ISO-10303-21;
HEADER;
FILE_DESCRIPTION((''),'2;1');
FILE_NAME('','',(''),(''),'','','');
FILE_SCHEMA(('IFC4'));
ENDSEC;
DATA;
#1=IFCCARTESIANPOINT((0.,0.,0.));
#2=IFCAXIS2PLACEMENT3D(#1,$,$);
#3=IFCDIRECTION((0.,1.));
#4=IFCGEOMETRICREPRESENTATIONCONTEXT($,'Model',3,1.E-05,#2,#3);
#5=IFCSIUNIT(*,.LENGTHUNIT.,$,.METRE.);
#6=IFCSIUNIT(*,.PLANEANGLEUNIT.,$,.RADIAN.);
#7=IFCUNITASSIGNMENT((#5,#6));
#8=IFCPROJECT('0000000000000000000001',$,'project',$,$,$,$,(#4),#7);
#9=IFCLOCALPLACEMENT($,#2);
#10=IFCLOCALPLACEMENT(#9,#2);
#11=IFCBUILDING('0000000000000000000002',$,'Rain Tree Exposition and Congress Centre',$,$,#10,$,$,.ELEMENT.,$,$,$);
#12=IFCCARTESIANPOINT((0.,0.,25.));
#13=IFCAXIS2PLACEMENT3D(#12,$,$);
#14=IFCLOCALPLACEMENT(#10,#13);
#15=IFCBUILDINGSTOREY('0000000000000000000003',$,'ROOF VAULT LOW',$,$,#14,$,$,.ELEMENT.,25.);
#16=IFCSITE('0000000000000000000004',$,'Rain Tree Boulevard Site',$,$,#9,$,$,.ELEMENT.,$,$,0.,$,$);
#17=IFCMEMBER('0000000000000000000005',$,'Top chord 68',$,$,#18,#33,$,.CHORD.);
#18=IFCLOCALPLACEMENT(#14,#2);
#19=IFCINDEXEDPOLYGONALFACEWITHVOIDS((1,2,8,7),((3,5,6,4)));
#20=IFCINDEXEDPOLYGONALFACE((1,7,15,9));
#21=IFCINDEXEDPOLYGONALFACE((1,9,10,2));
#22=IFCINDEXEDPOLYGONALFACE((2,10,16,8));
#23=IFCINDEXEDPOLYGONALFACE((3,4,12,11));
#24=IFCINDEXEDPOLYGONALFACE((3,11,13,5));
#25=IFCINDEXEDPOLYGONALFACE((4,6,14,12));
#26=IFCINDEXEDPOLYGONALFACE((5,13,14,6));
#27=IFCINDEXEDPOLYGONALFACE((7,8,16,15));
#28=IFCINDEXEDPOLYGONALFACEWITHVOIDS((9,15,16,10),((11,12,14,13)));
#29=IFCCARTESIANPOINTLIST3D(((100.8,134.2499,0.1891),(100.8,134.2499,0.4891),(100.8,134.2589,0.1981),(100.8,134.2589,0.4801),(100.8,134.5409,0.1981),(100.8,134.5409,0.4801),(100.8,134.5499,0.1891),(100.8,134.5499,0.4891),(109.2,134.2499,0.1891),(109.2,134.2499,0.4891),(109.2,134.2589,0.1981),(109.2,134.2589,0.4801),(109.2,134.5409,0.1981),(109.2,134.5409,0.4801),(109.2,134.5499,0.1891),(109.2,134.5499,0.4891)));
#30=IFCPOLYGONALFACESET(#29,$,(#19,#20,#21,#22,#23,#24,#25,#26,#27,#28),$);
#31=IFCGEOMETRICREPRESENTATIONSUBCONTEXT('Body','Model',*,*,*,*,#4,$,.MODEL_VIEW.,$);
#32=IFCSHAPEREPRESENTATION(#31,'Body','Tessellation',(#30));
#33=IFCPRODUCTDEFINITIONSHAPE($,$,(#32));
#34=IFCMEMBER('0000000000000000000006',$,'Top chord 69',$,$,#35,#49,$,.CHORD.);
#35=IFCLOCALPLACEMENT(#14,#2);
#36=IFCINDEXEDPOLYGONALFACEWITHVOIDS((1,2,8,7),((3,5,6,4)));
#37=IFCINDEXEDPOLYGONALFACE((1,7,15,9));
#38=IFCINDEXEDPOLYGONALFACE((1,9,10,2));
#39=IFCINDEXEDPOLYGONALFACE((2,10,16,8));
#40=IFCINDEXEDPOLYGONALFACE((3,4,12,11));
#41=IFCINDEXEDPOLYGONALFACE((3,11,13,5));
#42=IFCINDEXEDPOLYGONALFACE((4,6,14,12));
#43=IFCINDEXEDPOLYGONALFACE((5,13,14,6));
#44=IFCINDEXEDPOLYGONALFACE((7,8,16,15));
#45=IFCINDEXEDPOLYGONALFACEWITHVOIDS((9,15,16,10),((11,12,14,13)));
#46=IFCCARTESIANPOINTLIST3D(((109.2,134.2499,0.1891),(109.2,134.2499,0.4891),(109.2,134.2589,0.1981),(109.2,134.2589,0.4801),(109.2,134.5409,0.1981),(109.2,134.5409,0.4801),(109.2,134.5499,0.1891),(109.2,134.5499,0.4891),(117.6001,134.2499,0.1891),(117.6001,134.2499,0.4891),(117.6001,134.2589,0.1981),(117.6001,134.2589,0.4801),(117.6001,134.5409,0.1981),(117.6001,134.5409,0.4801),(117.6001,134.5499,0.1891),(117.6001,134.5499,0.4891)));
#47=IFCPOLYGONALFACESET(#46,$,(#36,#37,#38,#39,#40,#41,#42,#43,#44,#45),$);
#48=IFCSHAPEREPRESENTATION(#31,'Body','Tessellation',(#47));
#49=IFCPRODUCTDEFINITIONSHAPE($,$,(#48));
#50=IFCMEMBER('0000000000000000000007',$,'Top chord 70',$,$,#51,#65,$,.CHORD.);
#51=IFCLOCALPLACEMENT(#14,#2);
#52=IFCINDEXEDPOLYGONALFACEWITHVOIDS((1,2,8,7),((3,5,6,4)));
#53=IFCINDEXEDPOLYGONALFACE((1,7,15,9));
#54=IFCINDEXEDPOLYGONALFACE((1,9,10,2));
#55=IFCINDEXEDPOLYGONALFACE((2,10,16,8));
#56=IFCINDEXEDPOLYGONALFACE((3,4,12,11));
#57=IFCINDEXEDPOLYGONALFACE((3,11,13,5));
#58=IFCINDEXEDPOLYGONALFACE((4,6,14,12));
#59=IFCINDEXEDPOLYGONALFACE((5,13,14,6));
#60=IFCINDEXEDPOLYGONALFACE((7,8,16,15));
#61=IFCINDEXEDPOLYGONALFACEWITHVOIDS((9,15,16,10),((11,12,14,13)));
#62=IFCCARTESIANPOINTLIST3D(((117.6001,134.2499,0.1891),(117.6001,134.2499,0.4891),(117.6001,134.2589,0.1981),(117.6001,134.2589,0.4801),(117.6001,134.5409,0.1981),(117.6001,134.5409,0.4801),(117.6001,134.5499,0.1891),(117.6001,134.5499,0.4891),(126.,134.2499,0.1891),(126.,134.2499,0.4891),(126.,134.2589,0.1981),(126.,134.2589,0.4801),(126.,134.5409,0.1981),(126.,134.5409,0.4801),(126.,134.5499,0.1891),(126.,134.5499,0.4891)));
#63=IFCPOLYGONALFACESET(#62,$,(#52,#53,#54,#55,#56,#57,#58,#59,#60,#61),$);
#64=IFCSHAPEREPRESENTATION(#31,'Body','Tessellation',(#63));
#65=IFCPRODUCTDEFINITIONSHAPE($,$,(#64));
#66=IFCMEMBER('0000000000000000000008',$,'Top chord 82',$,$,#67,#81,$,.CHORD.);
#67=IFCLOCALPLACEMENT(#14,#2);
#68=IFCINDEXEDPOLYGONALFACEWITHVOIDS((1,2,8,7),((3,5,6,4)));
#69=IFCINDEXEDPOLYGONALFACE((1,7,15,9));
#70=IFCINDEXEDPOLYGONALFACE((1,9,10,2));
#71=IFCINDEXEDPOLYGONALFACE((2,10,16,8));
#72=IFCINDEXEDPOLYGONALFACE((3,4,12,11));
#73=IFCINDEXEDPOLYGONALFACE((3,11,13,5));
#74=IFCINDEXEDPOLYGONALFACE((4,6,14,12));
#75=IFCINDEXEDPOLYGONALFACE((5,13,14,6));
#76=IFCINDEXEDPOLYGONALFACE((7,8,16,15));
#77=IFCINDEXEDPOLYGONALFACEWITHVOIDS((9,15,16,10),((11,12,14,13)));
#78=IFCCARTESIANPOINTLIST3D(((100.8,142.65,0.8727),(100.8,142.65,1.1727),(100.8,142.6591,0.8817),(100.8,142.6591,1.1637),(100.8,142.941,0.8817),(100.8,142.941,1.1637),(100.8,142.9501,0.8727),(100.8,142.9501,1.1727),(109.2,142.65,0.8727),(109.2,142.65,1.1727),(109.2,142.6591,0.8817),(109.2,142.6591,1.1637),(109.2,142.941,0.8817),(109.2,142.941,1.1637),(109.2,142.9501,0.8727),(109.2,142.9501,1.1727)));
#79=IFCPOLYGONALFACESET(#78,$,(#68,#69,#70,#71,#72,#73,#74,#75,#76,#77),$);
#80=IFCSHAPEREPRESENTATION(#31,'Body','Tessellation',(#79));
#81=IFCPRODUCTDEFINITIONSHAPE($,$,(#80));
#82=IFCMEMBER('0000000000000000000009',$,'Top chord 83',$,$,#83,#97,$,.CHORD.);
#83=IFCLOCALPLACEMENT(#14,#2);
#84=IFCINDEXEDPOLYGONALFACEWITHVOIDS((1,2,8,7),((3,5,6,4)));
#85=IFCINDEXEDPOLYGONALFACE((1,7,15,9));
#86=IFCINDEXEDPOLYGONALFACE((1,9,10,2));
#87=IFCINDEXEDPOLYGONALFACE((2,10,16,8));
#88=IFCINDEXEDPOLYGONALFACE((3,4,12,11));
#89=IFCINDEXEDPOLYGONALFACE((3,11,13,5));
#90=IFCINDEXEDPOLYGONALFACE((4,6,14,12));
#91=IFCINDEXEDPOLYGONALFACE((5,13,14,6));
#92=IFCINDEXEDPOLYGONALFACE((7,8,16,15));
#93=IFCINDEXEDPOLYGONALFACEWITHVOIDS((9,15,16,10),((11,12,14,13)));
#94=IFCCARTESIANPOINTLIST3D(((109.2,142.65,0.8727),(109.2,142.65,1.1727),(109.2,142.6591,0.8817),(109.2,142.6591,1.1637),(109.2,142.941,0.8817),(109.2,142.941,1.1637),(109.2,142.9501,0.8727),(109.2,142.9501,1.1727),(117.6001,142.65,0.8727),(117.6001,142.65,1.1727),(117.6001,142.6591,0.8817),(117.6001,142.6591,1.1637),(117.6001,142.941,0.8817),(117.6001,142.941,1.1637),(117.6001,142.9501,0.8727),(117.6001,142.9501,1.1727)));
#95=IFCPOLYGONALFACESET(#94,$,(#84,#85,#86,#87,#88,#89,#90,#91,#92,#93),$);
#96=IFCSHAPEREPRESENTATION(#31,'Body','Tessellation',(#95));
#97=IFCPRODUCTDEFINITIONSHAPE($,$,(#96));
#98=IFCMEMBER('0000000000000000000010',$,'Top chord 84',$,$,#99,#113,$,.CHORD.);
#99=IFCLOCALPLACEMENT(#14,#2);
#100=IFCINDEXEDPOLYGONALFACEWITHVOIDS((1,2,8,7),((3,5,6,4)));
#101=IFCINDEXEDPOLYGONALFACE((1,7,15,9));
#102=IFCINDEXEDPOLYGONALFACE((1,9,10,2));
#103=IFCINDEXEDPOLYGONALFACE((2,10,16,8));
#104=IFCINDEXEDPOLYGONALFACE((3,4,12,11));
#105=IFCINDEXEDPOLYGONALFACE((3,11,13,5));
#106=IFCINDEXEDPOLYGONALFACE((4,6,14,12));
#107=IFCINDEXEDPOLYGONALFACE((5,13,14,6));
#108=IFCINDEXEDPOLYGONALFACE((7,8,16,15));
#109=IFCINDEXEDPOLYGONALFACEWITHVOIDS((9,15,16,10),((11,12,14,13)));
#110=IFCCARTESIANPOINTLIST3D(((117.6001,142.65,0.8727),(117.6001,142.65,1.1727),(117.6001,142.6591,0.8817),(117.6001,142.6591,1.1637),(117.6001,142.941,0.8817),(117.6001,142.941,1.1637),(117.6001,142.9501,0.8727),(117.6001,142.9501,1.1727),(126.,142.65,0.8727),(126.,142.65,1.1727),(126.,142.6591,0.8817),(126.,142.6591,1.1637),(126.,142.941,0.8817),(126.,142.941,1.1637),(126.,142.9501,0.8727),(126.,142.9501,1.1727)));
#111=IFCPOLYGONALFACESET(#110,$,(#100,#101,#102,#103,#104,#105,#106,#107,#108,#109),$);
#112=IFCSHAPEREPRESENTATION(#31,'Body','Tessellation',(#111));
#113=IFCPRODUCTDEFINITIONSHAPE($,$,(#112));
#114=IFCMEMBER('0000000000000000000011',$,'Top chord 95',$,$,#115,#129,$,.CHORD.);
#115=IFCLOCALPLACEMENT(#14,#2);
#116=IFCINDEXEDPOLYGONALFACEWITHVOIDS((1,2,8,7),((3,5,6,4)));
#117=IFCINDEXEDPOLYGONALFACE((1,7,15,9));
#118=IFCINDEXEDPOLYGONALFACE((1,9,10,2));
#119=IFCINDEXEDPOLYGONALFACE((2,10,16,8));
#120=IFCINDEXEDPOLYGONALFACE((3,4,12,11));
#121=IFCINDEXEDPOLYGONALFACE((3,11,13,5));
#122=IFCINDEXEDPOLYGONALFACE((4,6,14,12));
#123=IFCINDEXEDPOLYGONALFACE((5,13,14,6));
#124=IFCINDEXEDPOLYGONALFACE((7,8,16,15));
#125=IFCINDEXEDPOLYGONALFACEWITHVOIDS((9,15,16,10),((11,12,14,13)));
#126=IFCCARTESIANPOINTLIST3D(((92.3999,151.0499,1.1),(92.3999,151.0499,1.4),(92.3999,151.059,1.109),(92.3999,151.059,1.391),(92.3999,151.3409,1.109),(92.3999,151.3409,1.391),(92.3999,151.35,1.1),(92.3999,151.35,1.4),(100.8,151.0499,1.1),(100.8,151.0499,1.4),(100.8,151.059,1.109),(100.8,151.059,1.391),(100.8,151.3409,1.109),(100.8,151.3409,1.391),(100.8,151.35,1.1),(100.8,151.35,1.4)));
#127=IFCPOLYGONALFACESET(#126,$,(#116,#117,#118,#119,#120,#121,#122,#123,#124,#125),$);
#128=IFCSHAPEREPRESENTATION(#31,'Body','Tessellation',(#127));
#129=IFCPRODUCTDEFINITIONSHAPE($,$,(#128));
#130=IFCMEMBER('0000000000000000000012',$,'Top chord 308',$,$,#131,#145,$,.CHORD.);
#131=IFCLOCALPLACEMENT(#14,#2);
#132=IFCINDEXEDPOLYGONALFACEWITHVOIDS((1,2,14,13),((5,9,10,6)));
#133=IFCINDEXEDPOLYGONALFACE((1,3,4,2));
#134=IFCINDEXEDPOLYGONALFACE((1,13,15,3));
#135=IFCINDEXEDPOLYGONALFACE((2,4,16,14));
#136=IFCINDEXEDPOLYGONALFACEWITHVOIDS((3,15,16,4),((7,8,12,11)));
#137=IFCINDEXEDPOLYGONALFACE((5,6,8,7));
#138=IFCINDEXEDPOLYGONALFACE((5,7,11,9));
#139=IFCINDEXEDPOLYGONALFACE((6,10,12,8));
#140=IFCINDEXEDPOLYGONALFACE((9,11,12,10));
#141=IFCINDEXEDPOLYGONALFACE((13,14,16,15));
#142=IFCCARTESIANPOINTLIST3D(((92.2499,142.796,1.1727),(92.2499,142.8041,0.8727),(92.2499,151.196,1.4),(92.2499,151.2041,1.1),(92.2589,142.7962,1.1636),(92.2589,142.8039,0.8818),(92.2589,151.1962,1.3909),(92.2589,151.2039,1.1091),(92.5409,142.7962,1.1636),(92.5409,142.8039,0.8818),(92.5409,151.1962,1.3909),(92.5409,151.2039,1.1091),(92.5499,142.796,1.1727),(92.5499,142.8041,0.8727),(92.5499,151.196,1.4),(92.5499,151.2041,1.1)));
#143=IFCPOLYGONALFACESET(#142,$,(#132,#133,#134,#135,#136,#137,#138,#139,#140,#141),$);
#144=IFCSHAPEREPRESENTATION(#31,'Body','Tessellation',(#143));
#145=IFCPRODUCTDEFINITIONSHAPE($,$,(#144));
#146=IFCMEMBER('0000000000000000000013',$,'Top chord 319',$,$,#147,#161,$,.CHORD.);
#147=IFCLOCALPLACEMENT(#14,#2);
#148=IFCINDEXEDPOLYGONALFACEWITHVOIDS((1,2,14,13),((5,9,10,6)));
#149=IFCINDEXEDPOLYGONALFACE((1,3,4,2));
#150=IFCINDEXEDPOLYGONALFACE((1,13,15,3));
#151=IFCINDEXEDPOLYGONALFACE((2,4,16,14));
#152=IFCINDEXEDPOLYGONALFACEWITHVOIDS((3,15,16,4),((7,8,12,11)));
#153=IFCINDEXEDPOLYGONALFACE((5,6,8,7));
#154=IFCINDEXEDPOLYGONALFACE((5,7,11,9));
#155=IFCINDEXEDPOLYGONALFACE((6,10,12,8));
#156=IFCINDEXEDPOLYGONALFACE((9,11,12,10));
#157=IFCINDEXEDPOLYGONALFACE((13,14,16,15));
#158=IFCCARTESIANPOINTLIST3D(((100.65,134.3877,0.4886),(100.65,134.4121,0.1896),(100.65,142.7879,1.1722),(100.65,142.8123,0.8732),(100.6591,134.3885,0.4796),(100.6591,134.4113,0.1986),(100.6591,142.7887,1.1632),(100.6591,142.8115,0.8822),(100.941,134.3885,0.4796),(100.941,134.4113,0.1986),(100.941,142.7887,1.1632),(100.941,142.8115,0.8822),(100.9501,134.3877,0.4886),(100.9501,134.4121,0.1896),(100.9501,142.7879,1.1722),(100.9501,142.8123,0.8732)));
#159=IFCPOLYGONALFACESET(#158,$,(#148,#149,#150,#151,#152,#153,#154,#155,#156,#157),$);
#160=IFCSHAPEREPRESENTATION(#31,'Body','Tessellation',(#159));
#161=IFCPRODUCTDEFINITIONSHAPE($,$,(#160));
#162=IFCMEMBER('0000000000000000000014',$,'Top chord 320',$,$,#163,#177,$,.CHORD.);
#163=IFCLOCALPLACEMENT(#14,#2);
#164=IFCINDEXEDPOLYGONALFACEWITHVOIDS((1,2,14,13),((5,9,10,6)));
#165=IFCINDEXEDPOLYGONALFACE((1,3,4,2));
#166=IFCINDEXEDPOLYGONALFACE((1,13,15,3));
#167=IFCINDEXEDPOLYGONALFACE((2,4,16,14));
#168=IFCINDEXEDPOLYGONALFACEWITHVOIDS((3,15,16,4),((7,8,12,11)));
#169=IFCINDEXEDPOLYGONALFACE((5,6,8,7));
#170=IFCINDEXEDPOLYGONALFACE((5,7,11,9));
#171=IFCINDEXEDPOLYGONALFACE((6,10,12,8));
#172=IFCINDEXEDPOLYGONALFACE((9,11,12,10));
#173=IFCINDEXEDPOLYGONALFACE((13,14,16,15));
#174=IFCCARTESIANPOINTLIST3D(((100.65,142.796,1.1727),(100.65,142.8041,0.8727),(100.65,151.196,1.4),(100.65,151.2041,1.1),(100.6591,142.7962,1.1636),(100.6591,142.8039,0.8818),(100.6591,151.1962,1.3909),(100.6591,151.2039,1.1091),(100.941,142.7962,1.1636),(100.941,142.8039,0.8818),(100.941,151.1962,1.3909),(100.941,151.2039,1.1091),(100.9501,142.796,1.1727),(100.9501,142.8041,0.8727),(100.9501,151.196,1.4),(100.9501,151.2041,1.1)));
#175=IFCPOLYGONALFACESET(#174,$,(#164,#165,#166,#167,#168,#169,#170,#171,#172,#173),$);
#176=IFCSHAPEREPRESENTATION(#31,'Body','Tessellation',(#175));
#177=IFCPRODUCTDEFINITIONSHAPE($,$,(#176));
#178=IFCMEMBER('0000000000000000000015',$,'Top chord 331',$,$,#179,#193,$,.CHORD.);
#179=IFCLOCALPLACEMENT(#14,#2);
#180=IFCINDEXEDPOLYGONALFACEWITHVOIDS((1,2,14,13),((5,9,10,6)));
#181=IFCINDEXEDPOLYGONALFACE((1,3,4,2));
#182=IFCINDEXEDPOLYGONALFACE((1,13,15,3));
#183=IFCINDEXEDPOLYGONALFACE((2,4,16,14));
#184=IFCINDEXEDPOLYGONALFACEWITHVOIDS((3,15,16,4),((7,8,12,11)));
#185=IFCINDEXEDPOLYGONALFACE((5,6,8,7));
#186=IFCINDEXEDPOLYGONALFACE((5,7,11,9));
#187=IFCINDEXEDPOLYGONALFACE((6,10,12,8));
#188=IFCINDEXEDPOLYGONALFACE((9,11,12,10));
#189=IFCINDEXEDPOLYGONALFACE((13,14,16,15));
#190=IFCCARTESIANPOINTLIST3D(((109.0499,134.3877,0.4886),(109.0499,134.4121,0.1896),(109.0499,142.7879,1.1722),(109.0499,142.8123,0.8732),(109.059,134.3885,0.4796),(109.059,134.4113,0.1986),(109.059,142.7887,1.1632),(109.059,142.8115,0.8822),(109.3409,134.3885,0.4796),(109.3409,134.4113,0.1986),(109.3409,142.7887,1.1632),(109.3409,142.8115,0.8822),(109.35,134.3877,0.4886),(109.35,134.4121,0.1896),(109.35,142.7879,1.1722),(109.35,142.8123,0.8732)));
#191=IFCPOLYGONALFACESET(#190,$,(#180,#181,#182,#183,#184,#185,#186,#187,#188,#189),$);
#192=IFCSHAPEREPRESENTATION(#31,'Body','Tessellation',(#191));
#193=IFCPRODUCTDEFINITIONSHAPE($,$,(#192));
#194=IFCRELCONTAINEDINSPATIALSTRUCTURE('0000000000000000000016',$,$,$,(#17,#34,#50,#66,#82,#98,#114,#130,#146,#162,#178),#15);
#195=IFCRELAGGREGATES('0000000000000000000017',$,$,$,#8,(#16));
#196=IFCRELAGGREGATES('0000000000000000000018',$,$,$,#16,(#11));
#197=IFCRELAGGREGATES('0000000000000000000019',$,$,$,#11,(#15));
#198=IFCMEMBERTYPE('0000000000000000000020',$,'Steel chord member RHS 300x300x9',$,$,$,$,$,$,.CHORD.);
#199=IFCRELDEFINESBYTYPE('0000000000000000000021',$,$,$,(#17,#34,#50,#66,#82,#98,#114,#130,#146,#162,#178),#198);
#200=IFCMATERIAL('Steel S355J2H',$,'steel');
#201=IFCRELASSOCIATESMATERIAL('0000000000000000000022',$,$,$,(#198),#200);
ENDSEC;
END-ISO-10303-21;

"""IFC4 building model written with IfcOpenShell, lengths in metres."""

from ifc_helpers import new_model, si_unit, direction, frame, origin, origin_2d, place, context, subcontext, project, spatial, hollow_rectangle, extrude, material, material_profile, profile_set, type_object, element, save


model = new_model("IFC4")

# Units and contexts
model_context = context("Model", 3, precision=1e-05, world=origin(), true_north=direction((0.0, 1.0)))
body_context = subcontext(model_context, "Body", "Model", "MODEL_VIEW")
ifc_project = project(units=[si_unit("LENGTHUNIT", "METRE"), si_unit("PLANEANGLEUNIT", "RADIAN")], contexts=[model_context])

# Site, building, storey
site_placement = place(None, origin())
site = spatial("IfcSite", under=ifc_project, at=site_placement, Name="Rain Tree Boulevard Site", CompositionType="ELEMENT", RefElevation=0.0)
building_placement = place(site_placement, origin())
building = spatial("IfcBuilding", under=site, at=building_placement, Name="Rain Tree Exposition and Congress Centre", CompositionType="ELEMENT")
storey_placement = place(building_placement, frame((0.0, 0.0, 25.0)))
storey = spatial("IfcBuildingStorey", under=building, at=storey_placement, Name="ROOF VAULT LOW", CompositionType="ELEMENT", Elevation=25.0)

# Members
ifc_material_1 = material(Name="Steel S355J2H", Category="steel")
ifc_material_profile_1 = material_profile(ifc_material_1, hollow_rectangle(XDim=0.3, YDim=0.3, WallThickness=0.009, at=origin_2d()), Name="RHS 300x300x9")
ifc_profile_set_1 = profile_set([ifc_material_profile_1], Name="Steel S355J2H")
member_type = type_object("IfcMemberType", Name="Steel chord member RHS 300x300x9", PredefinedType="CHORD", material=ifc_profile_set_1)
member_1_placement = place(storey_placement, frame((100.8, 134.3999, 0.3391), z_axis=(1.0, 0.0, 0.0), x_axis=(0.0, 1.0, 0.0)))
element("IfcMember", 1, at=member_1_placement, inside=storey, type_object=member_type, Name="Top chord 68", PredefinedType="CHORD", context=body_context, shape_type="SweptSolid", body=[
    extrude(hollow_rectangle(XDim=0.3, YDim=0.3, WallThickness=0.009, at=origin_2d()), origin(), (0.0, 0.0, 1.0), 8.3999),
])
member_2_placement = place(storey_placement, frame((109.2, 134.3999, 0.3391), z_axis=(1.0, 0.0, 0.0), x_axis=(0.0, 1.0, 0.0)))
element("IfcMember", 2, at=member_2_placement, inside=storey, type_object=member_type, Name="Top chord 69", PredefinedType="CHORD", context=body_context, shape_type="SweptSolid", body=[
    extrude(hollow_rectangle(XDim=0.3, YDim=0.3, WallThickness=0.009, at=origin_2d()), origin(), (0.0, 0.0, 1.0), 8.4001),
])
for number, where, z_axis, x_axis, name in (
    (3, (117.6001, 134.3999, 0.3391), (1.0, 0.0, 0.0), (0.0, 1.0, 0.0), "Top chord 70"),
    (4, (100.8, 142.8, 1.0227), (1.0, 0.0, 0.0), (0.0, 1.0, 0.0), "Top chord 82"),
):
    element("IfcMember", number, at=place(storey_placement, frame(where, z_axis=z_axis, x_axis=x_axis)), inside=storey, type_object=member_type, Name=name, PredefinedType="CHORD", context=body_context, shape_type="SweptSolid", body=[
        extrude(hollow_rectangle(XDim=0.3, YDim=0.3, WallThickness=0.009, at=origin_2d()), origin(), (0.0, 0.0, 1.0), 8.3999),
    ])
member_3_placement = place(storey_placement, frame((109.2, 142.8, 1.0227), z_axis=(1.0, 0.0, 0.0), x_axis=(0.0, 1.0, 0.0)))
element("IfcMember", 5, at=member_3_placement, inside=storey, type_object=member_type, Name="Top chord 83", PredefinedType="CHORD", context=body_context, shape_type="SweptSolid", body=[
    extrude(hollow_rectangle(XDim=0.3, YDim=0.3, WallThickness=0.009, at=origin_2d()), origin(), (0.0, 0.0, 1.0), 8.4001),
])
member_4_placement = place(storey_placement, frame((117.6001, 142.8, 1.0227), z_axis=(1.0, 0.0, 0.0), x_axis=(0.0, 1.0, 0.0)))
element("IfcMember", 6, at=member_4_placement, inside=storey, type_object=member_type, Name="Top chord 84", PredefinedType="CHORD", context=body_context, shape_type="SweptSolid", body=[
    extrude(hollow_rectangle(XDim=0.3, YDim=0.3, WallThickness=0.009, at=origin_2d()), origin(), (0.0, 0.0, 1.0), 8.3999),
])
member_5_placement = place(storey_placement, frame((92.3999, 151.2, 1.25), z_axis=(1.0, 0.0, 0.0), x_axis=(0.0, 1.0, 0.0)))
element("IfcMember", 7, at=member_5_placement, inside=storey, type_object=member_type, Name="Top chord 95", PredefinedType="CHORD", context=body_context, shape_type="SweptSolid", body=[
    extrude(hollow_rectangle(XDim=0.3, YDim=0.3, WallThickness=0.009, at=origin_2d()), origin(), (0.0, 0.0, 1.0), 8.4001),
])
member_6_placement = place(storey_placement, frame((92.3999, 142.8, 1.0227), z_axis=(0.0, 0.999634, 0.027049), x_axis=(-1.0, 0.0, 0.0)))
element("IfcMember", 8, at=member_6_placement, inside=storey, type_object=member_type, Name="Top chord 308", PredefinedType="CHORD", context=body_context, shape_type="SweptSolid", body=[
    extrude(hollow_rectangle(XDim=0.3, YDim=0.3, WallThickness=0.009, at=origin_2d()), origin(), (0.0, 0.0, 1.0), 8.4031),
])
member_7_placement = place(storey_placement, frame((100.8, 134.3999, 0.3391), z_axis=(0.0, 0.996705, 0.081111), x_axis=(-1.0, 0.0, 0.0)))
element("IfcMember", 9, at=member_7_placement, inside=storey, type_object=member_type, Name="Top chord 319", PredefinedType="CHORD", context=body_context, shape_type="SweptSolid", body=[
    extrude(hollow_rectangle(XDim=0.3, YDim=0.3, WallThickness=0.009, at=origin_2d()), origin(), (0.0, 0.0, 1.0), 8.428),
])
member_8_placement = place(storey_placement, frame((100.8, 142.8, 1.0227), z_axis=(0.0, 0.999634, 0.027049), x_axis=(-1.0, 0.0, 0.0)))
element("IfcMember", 10, at=member_8_placement, inside=storey, type_object=member_type, Name="Top chord 320", PredefinedType="CHORD", context=body_context, shape_type="SweptSolid", body=[
    extrude(hollow_rectangle(XDim=0.3, YDim=0.3, WallThickness=0.009, at=origin_2d()), origin(), (0.0, 0.0, 1.0), 8.4031),
])
member_9_placement = place(storey_placement, frame((109.2, 134.3999, 0.3391), z_axis=(0.0, 0.996705, 0.081111), x_axis=(-1.0, 0.0, 0.0)))
element("IfcMember", 11, at=member_9_placement, inside=storey, type_object=member_type, Name="Top chord 331", PredefinedType="CHORD", context=body_context, shape_type="SweptSolid", body=[
    extrude(hollow_rectangle(XDim=0.3, YDim=0.3, WallThickness=0.009, at=origin_2d()), origin(), (0.0, 0.0, 1.0), 8.428),
])

save(model, "model.ifc")
